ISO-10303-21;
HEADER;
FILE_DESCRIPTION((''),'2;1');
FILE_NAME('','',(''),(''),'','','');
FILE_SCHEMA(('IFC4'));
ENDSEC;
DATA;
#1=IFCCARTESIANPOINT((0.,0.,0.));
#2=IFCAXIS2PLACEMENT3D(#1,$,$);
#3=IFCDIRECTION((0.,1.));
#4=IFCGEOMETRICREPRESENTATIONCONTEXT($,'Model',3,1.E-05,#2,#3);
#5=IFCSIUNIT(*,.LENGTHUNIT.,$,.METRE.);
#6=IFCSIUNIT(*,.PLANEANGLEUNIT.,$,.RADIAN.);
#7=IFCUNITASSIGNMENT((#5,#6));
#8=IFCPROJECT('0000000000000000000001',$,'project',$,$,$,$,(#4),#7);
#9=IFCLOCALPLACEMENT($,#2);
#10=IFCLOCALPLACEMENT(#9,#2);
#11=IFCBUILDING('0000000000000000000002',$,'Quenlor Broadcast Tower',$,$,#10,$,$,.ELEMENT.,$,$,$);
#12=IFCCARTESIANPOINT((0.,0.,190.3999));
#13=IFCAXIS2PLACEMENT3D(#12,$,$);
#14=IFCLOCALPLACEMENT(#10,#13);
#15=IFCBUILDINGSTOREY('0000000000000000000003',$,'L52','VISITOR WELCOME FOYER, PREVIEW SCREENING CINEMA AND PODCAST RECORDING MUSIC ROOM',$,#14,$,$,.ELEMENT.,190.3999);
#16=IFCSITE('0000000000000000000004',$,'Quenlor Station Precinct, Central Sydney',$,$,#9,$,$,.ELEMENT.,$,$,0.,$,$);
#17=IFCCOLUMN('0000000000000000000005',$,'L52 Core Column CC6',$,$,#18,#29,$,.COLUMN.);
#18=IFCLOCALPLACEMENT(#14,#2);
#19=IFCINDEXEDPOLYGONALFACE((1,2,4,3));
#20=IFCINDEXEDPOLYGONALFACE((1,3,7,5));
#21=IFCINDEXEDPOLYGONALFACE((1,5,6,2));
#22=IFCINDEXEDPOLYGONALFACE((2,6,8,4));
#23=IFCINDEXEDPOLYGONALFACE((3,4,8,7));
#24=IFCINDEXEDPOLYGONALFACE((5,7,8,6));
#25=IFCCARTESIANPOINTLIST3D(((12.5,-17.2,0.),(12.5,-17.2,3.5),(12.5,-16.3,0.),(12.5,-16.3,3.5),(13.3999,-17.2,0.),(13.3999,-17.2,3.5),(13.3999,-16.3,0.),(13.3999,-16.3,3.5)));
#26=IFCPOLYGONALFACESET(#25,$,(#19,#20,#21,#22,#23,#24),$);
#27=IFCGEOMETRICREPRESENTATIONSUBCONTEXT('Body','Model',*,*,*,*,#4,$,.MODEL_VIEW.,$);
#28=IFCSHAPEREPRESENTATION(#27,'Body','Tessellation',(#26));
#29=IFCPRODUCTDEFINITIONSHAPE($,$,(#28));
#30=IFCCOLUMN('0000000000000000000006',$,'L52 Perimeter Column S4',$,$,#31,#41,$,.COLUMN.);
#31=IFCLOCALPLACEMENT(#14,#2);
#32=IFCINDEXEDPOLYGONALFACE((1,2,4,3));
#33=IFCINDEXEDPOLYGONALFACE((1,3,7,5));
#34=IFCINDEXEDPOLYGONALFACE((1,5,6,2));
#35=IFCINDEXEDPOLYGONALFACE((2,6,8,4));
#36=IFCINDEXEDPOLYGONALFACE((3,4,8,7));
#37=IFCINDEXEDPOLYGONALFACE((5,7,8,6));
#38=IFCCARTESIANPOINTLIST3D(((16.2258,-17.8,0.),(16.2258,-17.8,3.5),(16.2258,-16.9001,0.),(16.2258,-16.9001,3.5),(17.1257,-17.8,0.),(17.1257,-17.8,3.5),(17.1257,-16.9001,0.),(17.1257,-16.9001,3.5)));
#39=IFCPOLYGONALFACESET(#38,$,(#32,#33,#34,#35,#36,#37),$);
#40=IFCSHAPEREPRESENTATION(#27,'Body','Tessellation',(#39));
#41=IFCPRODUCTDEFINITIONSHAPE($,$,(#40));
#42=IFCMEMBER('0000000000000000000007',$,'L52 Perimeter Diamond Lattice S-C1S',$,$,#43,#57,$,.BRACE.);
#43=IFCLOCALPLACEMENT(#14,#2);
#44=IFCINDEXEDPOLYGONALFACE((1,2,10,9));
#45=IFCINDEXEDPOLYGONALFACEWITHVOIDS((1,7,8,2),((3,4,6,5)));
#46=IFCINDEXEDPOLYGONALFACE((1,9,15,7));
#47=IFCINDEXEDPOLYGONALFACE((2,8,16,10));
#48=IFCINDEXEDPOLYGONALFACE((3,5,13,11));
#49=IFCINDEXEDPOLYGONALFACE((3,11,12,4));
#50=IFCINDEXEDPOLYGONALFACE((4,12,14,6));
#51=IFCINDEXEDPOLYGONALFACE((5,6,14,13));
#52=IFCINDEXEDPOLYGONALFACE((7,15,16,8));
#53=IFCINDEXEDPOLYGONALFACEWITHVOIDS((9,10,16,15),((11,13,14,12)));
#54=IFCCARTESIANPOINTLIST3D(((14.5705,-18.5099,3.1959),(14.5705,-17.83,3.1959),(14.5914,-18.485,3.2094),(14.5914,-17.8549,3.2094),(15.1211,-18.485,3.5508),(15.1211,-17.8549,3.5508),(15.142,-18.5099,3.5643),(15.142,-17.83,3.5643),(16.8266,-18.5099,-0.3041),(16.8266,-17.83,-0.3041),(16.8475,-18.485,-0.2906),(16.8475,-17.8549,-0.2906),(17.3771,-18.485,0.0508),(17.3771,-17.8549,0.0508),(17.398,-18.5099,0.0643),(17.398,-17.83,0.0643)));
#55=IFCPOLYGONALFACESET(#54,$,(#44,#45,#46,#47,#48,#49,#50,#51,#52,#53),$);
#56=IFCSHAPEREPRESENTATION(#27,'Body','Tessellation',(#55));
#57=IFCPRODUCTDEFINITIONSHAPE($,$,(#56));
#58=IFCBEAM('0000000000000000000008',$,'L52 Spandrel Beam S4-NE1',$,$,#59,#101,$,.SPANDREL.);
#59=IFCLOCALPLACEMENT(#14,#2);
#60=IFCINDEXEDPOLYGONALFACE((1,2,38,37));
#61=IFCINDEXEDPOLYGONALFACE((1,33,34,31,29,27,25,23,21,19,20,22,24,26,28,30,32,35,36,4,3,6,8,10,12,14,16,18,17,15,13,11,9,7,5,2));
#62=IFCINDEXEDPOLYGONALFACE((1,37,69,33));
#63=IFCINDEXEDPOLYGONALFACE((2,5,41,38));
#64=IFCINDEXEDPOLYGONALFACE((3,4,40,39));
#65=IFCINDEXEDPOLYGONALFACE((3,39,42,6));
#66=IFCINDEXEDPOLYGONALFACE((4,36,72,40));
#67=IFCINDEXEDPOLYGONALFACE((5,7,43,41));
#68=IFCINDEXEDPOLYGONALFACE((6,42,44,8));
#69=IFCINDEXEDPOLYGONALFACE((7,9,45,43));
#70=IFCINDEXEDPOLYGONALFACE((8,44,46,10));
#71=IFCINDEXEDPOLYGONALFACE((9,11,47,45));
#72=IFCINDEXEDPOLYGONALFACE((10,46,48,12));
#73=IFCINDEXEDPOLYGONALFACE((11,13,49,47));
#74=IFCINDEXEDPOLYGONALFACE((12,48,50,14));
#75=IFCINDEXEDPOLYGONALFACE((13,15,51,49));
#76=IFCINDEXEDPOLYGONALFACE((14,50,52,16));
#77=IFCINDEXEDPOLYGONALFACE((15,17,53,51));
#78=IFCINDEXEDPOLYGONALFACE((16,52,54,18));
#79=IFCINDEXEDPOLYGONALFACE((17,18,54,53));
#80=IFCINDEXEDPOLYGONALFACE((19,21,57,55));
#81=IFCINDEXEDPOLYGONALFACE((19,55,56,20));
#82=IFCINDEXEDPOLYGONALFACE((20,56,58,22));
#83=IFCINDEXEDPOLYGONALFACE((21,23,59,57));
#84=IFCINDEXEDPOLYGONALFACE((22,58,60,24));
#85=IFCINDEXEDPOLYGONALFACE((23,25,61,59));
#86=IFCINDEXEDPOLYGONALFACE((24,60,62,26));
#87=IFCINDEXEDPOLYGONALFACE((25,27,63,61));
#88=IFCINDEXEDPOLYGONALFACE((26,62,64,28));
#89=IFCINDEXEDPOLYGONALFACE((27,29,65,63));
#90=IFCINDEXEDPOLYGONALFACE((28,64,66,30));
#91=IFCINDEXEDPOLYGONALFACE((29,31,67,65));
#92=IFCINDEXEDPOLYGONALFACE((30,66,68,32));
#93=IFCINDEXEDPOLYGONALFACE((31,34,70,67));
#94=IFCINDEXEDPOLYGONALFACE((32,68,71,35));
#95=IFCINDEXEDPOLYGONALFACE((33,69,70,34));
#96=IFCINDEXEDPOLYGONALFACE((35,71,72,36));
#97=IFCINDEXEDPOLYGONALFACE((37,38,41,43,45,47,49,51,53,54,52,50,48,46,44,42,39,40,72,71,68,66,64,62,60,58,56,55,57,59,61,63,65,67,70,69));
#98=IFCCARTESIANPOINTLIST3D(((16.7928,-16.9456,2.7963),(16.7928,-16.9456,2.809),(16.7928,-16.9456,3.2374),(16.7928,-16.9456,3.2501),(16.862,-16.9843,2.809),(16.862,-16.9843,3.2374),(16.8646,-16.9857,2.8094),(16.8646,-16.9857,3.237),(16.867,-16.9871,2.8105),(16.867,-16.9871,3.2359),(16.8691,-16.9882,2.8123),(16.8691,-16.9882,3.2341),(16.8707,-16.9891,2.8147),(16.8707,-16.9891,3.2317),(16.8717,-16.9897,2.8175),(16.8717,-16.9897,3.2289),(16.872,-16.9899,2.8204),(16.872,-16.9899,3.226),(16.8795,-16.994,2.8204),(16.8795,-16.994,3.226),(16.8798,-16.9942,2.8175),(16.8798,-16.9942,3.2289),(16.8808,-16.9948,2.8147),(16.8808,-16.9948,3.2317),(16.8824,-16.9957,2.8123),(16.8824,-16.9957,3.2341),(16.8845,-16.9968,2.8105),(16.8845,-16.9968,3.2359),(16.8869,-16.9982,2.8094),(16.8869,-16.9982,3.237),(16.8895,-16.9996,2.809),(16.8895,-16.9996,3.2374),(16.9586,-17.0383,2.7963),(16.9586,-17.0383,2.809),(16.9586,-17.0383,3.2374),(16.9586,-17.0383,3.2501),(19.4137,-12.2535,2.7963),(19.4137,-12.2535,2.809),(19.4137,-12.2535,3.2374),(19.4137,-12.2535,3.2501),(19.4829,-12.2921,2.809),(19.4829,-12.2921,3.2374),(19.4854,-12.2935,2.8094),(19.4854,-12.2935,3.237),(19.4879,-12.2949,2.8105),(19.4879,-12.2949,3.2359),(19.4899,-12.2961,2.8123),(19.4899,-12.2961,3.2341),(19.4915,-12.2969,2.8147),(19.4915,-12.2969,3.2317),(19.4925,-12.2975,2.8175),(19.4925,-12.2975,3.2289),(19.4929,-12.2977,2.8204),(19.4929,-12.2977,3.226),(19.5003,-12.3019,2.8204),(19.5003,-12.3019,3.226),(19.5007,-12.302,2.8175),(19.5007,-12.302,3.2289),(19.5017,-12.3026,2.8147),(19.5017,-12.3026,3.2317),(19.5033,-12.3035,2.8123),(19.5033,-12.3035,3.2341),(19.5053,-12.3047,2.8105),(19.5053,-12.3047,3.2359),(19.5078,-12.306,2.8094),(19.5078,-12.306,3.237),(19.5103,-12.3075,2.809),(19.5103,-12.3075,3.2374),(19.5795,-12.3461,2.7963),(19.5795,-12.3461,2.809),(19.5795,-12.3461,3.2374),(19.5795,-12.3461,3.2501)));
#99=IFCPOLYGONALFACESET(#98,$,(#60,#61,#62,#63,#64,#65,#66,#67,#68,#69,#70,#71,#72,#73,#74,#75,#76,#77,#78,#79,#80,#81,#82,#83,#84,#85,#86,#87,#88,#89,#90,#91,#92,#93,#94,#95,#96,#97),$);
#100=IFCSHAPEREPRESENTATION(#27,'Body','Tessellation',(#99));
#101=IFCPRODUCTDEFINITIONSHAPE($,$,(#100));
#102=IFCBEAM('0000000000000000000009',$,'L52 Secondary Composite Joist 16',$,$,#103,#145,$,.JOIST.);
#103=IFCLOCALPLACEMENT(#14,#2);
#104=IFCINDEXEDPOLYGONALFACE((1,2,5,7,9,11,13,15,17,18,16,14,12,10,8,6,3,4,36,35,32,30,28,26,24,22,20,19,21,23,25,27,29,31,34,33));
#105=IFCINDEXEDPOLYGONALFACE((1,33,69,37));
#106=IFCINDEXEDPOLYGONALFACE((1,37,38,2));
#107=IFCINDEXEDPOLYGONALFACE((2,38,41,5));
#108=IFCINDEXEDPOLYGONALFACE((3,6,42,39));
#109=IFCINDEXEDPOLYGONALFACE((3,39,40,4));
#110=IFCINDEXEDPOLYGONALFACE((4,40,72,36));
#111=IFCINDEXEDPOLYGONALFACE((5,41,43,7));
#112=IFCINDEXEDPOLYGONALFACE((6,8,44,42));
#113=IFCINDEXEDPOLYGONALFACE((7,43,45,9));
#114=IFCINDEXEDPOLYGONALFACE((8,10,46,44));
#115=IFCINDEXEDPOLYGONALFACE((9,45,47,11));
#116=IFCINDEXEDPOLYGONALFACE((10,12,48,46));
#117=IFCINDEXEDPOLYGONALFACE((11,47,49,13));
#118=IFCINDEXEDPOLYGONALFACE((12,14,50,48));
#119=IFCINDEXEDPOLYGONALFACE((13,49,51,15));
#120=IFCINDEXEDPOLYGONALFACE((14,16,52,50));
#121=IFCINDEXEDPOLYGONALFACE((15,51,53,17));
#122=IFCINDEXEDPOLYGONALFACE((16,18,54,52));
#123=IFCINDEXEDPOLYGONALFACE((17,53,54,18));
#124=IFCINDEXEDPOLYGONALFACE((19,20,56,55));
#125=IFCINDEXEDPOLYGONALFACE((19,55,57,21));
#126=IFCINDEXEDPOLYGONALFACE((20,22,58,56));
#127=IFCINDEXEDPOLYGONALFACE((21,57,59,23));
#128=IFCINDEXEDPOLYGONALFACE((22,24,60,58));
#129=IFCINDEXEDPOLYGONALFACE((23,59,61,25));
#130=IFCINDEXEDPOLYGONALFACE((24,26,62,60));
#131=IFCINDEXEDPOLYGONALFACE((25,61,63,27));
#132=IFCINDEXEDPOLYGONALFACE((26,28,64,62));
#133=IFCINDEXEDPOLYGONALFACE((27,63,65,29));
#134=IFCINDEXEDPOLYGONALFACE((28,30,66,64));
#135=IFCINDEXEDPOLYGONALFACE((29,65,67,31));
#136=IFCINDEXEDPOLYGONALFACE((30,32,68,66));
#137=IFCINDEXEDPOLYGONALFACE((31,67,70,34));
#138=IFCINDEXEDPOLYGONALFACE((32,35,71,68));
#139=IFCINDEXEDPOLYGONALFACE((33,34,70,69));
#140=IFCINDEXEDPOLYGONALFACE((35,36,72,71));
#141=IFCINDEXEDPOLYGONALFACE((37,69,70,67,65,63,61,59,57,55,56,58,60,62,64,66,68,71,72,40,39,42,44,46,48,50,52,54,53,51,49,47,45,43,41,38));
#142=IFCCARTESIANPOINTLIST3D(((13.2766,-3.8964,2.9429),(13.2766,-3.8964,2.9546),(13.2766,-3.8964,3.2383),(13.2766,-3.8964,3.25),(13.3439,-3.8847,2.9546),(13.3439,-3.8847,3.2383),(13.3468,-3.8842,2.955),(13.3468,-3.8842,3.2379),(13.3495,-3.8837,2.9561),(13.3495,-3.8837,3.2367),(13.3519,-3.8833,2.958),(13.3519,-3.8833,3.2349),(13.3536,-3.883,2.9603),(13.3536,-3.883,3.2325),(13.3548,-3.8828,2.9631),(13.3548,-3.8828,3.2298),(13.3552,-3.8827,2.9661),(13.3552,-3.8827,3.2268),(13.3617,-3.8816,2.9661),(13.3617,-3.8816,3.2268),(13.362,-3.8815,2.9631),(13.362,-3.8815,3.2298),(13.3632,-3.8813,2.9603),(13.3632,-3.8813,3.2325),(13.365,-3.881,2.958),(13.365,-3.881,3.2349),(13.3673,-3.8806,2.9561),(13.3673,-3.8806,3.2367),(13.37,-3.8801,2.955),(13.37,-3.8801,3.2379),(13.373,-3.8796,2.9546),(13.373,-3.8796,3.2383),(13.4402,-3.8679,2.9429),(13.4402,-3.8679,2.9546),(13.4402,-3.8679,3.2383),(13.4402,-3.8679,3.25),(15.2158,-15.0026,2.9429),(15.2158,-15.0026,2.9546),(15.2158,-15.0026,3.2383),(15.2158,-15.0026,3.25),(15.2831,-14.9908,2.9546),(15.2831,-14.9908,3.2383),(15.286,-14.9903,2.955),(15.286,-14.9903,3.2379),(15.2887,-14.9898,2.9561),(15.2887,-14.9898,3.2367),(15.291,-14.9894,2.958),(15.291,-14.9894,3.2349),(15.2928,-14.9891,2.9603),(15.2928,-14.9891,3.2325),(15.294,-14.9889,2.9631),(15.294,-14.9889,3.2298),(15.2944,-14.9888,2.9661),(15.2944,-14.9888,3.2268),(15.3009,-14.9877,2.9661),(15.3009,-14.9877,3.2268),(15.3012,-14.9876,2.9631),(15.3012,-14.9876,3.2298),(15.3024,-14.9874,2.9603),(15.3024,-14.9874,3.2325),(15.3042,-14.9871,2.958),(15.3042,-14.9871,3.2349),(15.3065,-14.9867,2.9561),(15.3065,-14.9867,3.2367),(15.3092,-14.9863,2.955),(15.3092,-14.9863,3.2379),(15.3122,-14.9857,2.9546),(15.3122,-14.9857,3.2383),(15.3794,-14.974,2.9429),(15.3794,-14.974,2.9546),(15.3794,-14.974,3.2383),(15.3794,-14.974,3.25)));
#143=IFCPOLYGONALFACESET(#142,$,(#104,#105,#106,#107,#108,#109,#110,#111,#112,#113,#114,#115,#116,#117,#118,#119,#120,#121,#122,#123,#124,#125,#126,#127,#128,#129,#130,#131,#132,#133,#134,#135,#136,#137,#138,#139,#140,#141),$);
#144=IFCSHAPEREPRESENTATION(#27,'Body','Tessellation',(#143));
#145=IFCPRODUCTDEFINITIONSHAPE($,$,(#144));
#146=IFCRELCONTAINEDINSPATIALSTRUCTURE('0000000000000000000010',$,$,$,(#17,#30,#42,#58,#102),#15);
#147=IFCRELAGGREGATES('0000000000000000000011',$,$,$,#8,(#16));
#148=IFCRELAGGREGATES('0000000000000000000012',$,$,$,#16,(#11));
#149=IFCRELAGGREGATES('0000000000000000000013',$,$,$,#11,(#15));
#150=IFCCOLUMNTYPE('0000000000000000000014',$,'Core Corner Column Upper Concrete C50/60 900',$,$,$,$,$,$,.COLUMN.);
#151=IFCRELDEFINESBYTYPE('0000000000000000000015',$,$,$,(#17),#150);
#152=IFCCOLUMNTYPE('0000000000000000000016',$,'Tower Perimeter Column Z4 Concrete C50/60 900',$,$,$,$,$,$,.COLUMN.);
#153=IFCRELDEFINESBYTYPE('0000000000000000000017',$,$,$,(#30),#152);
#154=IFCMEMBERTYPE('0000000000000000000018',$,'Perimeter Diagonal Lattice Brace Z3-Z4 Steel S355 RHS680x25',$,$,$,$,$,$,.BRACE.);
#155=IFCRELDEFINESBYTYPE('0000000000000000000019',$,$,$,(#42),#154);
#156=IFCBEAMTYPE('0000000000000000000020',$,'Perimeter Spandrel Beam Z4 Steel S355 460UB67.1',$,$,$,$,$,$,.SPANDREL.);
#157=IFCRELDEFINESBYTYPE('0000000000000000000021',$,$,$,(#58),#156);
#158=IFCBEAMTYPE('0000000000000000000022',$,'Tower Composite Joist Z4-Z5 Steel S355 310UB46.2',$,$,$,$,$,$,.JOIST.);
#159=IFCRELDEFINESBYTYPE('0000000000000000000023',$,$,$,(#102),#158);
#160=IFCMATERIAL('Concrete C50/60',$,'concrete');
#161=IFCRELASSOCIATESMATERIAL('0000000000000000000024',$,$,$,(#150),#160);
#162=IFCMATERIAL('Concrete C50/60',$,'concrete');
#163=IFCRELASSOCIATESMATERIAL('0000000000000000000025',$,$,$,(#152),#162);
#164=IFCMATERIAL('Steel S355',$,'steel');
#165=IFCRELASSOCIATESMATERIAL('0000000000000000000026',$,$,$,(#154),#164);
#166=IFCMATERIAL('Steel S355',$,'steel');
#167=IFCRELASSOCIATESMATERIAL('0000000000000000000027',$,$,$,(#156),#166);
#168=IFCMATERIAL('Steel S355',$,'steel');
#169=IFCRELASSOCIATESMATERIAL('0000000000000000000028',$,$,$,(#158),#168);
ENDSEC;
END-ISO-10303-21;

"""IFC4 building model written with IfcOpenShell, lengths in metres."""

from ifc_helpers import new_model, si_unit, direction, frame, origin, origin_2d, place, context, subcontext, project, spatial, rectangle, hollow_rectangle, i_section, extrude, material, material_profile, profile_set, type_object, element, save


model = new_model("IFC4")

# Units and contexts
model_context = context("Model", 3, precision=1e-05, world=origin(), true_north=direction((0.0, 1.0)))
body_context = subcontext(model_context, "Body", "Model", "MODEL_VIEW")
ifc_project = project(units=[si_unit("LENGTHUNIT", "METRE"), si_unit("PLANEANGLEUNIT", "RADIAN")], contexts=[model_context])

# Site, building, storey
site_placement = place(None, origin())
site = spatial("IfcSite", under=ifc_project, at=site_placement, Name="Quenlor Station Precinct, Central Sydney", CompositionType="ELEMENT", RefElevation=0.0)
building_placement = place(site_placement, origin())
building = spatial("IfcBuilding", under=site, at=building_placement, Name="Quenlor Broadcast Tower", CompositionType="ELEMENT")
storey_placement = place(building_placement, frame((0.0, 0.0, 190.3999)))
storey = spatial("IfcBuildingStorey", under=building, at=storey_placement, Name="L52", Description="VISITOR WELCOME FOYER, PREVIEW SCREENING CINEMA AND PODCAST RECORDING MUSIC ROOM", CompositionType="ELEMENT", Elevation=190.3999)

# Columns
ifc_material_1 = material(Name="Concrete C50/60", Category="concrete")
ifc_material_profile_1 = material_profile(ifc_material_1, rectangle(XDim=0.8999, YDim=0.8999, at=origin_2d()))
ifc_profile_set_1 = profile_set([ifc_material_profile_1], Name="Concrete C50/60 RC900x900")
column_type_1 = type_object("IfcColumnType", Name="Core Corner Column Upper Concrete C50/60 900", PredefinedType="COLUMN", material=ifc_profile_set_1)
column_1_placement = place(storey_placement, frame((12.95, -16.75, 0.0), z_axis=(0.0, 0.0, 1.0), x_axis=(1.0, 0.0, 0.0)))
element("IfcColumn", 1, at=column_1_placement, inside=storey, type_object=column_type_1, Name="L52 Core Column CC6", PredefinedType="COLUMN", context=body_context, shape_type="SweptSolid", body=[
    extrude(rectangle(XDim=0.8999, YDim=0.8999, at=origin_2d()), origin(), (0.0, 0.0, 1.0), 3.5),
])
ifc_material_2 = material(Name="Concrete C50/60", Category="concrete")
ifc_material_profile_2 = material_profile(ifc_material_2, rectangle(XDim=0.8999, YDim=0.8999, at=origin_2d()))
ifc_profile_set_2 = profile_set([ifc_material_profile_2], Name="Concrete C50/60 RC900x900")
column_type_2 = type_object("IfcColumnType", Name="Tower Perimeter Column Z4 Concrete C50/60 900", PredefinedType="COLUMN", material=ifc_profile_set_2)
column_2_placement = place(storey_placement, frame((16.6758, -17.3501, 0.0), z_axis=(0.0, 0.0, 1.0), x_axis=(0.0, 1.0, 0.0)))
element("IfcColumn", 2, at=column_2_placement, inside=storey, type_object=column_type_2, Name="L52 Perimeter Column S4", PredefinedType="COLUMN", context=body_context, shape_type="SweptSolid", body=[
    extrude(rectangle(XDim=0.8999, YDim=0.8999, at=origin_2d()), origin(), (0.0, 0.0, 1.0), 3.5),
])

# Member
ifc_material_3 = material(Name="Steel S355", Category="steel")
ifc_material_profile_3 = material_profile(ifc_material_3, hollow_rectangle(XDim=0.6799, YDim=0.6799, WallThickness=0.0249, at=origin_2d()))
ifc_profile_set_3 = profile_set([ifc_material_profile_3], Name="Steel S355 RHS680x680x25")
member_type = type_object("IfcMemberType", Name="Perimeter Diagonal Lattice Brace Z3-Z4 Steel S355 RHS680x25", PredefinedType="BRACE", material=ifc_profile_set_3)
member_placement = place(storey_placement, frame((17.1123, -18.1699, -0.1199), z_axis=(-0.541794, 0.0, 0.840511), x_axis=(0.0, -1.0, 0.0)))
element("IfcMember", 3, at=member_placement, inside=storey, type_object=member_type, Name="L52 Perimeter Diamond Lattice S-C1S", PredefinedType="BRACE", context=body_context, shape_type="SweptSolid", body=[
    extrude(hollow_rectangle(XDim=0.6799, YDim=0.6799, WallThickness=0.0249, at=origin_2d()), origin(), (0.0, 0.0, 1.0), 4.1641),
])

# Beams
ifc_material_4 = material(Name="Steel S355", Category="steel")
ifc_material_profile_4 = material_profile(ifc_material_4, i_section(OverallWidth=0.1899, OverallDepth=0.4539, WebThickness=0.0085, FlangeThickness=0.0127, FilletRadius=0.0115, at=origin_2d()))
ifc_profile_set_4 = profile_set([ifc_material_profile_4], Name="Steel S355 460UB67.1")
beam_type_1 = type_object("IfcBeamType", Name="Perimeter Spandrel Beam Z4 Steel S355 460UB67.1", PredefinedType="SPANDREL", material=ifc_profile_set_4)
beam_1_placement = place(storey_placement, frame((16.8757, -16.9919, 3.0232), z_axis=(0.487647, 0.873041, 0.0), x_axis=(-0.873041, 0.487647, 0.0)))
element("IfcBeam", 4, at=beam_1_placement, inside=storey, type_object=beam_type_1, Name="L52 Spandrel Beam S4-NE1", PredefinedType="SPANDREL", context=body_context, shape_type="SweptSolid", body=[
    extrude(i_section(OverallWidth=0.1899, OverallDepth=0.4539, WebThickness=0.0085, FlangeThickness=0.0127, FilletRadius=0.0115, at=origin_2d()), origin(), (0.0, 0.0, 1.0), 5.3745),
])
ifc_material_5 = material(Name="Steel S355", Category="steel")
ifc_material_profile_5 = material_profile(ifc_material_5, i_section(OverallWidth=0.166, OverallDepth=0.3071, WebThickness=0.0066, FlangeThickness=0.0117, FilletRadius=0.0115, at=origin_2d()))
ifc_profile_set_5 = profile_set([ifc_material_profile_5], Name="Steel S355 310UB46.2")
beam_type_2 = type_object("IfcBeamType", Name="Tower Composite Joist Z4-Z5 Steel S355 310UB46.2", PredefinedType="JOIST", material=ifc_profile_set_5)
beam_2_placement = place(storey_placement, frame((15.2976, -14.9883, 3.0964), z_axis=(-0.172004, 0.985096, 0.0), x_axis=(-0.985096, -0.172004, 0.0)))
element("IfcBeam", 5, at=beam_2_placement, inside=storey, type_object=beam_type_2, Name="L52 Secondary Composite Joist 16", PredefinedType="JOIST", context=body_context, shape_type="SweptSolid", body=[
    extrude(i_section(OverallWidth=0.166, OverallDepth=0.3071, WebThickness=0.0066, FlangeThickness=0.0117, FilletRadius=0.0115, at=origin_2d()), origin(), (0.0, 0.0, 1.0), 11.2742),
])

save(model, "model.ifc")
